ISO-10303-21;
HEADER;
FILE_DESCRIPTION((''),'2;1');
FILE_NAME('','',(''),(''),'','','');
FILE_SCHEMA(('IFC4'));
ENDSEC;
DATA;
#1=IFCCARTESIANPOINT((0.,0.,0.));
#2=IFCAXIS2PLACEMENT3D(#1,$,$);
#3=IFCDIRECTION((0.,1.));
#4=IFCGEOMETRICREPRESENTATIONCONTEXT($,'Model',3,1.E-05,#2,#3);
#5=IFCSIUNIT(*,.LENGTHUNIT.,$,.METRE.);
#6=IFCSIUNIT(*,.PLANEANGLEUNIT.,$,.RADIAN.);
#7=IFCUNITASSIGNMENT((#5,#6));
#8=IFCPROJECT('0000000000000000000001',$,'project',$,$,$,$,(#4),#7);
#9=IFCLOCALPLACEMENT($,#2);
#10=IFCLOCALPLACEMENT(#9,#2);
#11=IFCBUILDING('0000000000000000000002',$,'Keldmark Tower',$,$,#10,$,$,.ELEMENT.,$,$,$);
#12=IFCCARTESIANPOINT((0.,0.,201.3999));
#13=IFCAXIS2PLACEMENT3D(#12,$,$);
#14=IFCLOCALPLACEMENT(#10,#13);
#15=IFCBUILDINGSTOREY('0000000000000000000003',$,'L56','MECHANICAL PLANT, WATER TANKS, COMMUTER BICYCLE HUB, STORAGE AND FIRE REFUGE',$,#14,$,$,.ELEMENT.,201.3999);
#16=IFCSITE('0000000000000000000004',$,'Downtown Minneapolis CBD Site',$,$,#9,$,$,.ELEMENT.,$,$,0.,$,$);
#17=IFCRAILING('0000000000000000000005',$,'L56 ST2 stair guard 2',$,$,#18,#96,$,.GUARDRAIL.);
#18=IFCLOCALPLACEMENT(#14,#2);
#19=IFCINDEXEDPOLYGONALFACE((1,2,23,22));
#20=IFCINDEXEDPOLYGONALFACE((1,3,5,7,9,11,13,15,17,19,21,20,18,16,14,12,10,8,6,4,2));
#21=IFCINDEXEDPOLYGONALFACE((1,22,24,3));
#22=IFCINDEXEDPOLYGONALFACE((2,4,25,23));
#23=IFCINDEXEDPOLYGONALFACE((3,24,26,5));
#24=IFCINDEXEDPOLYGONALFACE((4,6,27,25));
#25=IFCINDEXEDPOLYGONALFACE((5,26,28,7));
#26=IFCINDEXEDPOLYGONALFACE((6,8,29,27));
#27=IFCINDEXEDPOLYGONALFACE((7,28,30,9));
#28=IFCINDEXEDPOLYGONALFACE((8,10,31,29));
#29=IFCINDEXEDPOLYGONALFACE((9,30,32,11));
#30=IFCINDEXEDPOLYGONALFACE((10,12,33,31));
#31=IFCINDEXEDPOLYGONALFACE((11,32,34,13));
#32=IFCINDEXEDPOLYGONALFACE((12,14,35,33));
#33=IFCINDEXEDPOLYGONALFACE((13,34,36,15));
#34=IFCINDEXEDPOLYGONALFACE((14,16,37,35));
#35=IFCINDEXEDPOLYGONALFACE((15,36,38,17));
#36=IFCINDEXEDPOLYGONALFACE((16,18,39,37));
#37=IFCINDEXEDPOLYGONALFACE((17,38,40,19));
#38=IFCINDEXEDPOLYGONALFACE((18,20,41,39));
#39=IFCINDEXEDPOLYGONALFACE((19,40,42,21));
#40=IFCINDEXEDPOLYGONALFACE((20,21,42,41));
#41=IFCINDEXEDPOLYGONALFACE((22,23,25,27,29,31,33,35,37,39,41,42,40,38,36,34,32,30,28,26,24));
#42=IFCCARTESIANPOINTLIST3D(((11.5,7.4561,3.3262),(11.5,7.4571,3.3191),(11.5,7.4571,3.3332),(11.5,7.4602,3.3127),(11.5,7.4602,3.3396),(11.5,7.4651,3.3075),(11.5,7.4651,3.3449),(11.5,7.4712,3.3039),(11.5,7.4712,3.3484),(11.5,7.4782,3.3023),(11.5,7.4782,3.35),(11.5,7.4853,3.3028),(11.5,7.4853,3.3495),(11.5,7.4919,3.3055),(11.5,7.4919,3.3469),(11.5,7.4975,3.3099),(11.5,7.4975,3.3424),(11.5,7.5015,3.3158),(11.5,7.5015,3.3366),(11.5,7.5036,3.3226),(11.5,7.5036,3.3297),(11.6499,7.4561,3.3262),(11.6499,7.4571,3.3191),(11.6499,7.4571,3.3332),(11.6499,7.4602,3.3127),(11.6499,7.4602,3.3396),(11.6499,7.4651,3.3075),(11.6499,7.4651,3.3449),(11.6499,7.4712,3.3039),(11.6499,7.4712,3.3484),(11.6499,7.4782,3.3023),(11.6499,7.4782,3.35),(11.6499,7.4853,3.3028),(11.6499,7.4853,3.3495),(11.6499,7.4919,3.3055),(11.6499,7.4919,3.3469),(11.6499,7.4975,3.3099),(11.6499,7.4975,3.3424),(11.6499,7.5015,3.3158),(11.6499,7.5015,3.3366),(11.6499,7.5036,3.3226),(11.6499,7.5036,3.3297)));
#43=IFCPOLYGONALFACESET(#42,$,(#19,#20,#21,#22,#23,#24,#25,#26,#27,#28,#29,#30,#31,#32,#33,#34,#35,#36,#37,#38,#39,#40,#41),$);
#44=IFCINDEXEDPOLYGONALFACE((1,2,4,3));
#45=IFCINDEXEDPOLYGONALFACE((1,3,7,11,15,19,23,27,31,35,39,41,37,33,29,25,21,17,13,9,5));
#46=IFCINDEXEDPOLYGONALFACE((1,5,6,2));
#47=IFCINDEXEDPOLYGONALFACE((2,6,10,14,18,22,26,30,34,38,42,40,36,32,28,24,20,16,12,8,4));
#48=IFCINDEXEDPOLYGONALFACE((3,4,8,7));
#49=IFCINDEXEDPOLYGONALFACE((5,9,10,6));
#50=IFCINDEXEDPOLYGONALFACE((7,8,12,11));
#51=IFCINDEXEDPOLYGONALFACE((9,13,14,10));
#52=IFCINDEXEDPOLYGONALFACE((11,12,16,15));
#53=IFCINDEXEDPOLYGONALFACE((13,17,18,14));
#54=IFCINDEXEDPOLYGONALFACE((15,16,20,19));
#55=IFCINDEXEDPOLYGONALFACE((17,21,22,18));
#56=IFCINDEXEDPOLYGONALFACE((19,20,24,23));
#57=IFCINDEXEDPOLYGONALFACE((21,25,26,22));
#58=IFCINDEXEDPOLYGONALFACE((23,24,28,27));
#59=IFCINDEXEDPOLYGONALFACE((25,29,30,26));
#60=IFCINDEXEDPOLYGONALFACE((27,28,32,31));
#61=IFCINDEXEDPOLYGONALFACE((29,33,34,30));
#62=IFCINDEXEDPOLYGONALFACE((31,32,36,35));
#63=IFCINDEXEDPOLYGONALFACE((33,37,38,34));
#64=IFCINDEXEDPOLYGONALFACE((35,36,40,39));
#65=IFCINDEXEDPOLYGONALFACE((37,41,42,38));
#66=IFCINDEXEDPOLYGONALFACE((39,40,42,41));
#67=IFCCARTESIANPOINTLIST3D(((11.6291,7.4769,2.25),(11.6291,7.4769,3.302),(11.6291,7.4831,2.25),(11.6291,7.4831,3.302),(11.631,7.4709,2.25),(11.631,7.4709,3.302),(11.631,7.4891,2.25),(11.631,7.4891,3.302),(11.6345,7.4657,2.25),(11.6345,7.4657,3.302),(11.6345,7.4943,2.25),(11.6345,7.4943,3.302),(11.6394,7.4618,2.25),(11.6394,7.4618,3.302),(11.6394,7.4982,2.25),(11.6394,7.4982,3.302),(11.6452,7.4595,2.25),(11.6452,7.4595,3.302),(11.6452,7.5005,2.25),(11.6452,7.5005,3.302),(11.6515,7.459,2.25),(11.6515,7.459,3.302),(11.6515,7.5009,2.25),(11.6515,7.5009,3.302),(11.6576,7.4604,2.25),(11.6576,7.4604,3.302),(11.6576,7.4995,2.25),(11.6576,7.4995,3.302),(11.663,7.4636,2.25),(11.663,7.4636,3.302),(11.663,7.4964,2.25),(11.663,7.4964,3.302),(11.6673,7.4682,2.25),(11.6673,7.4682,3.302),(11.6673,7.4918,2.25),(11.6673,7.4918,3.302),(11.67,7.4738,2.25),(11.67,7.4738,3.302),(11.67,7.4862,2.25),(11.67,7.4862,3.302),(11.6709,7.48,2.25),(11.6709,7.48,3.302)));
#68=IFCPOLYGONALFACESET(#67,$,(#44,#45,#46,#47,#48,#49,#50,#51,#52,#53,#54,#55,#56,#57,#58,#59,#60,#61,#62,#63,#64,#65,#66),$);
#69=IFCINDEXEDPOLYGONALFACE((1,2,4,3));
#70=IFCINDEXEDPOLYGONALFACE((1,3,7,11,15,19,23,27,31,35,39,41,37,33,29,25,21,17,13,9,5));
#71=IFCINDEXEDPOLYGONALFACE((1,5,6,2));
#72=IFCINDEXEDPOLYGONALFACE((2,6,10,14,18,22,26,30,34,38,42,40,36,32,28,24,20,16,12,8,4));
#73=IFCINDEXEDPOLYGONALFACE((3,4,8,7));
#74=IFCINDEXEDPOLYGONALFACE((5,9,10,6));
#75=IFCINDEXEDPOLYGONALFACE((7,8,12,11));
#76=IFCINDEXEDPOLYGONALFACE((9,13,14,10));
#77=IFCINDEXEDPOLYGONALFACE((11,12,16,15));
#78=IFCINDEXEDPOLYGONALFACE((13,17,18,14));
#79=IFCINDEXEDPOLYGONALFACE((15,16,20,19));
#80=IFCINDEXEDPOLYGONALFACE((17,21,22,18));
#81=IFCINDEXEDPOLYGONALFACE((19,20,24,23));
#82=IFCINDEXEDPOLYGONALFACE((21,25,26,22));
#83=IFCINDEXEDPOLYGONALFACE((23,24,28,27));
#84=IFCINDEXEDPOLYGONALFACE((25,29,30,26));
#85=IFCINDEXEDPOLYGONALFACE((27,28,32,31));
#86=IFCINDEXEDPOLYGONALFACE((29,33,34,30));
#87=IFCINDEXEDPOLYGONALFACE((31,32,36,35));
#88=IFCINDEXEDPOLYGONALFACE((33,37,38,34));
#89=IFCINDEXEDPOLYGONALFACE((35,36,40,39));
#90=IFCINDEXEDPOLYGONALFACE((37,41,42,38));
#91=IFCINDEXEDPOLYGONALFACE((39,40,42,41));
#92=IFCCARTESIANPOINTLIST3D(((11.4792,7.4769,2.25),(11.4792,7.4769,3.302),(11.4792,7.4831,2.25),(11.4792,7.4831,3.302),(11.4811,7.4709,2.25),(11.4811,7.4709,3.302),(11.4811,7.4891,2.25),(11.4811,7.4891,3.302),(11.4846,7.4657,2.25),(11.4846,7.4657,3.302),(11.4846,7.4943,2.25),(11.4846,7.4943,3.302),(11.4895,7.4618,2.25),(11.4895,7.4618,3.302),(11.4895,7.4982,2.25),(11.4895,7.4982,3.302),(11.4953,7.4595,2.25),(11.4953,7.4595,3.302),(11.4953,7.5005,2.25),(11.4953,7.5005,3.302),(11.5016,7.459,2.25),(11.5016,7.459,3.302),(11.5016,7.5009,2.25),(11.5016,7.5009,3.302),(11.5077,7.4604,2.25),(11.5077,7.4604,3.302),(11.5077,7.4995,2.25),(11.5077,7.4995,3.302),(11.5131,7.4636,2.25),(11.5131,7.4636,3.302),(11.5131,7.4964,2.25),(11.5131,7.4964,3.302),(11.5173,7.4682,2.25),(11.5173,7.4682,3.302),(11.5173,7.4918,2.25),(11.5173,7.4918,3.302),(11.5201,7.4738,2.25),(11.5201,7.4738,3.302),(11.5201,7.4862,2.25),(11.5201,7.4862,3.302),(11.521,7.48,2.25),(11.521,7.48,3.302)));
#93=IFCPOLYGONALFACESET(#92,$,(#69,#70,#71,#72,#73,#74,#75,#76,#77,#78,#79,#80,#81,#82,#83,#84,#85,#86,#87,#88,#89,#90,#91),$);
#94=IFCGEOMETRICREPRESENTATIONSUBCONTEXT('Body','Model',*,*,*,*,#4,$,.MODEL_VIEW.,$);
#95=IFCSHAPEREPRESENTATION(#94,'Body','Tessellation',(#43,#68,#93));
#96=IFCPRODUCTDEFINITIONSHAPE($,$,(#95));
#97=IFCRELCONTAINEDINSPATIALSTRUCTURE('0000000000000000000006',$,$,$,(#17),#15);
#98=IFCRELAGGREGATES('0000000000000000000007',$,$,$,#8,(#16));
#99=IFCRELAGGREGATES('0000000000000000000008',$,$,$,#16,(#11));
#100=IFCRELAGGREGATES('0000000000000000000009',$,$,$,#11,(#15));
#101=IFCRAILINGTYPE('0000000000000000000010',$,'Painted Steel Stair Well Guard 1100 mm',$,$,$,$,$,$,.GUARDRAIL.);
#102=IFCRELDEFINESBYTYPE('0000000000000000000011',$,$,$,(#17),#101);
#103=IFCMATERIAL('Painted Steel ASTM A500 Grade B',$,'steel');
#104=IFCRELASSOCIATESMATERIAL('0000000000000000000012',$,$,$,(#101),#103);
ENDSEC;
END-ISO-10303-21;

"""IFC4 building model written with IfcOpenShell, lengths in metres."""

from ifc_helpers import new_model, si_unit, direction, frame, origin, origin_2d, place, context, subcontext, project, spatial, circle, extrude, material, type_object, element, save


model = new_model("IFC4")

# Units and contexts
model_context = context("Model", 3, precision=1e-05, world=origin(), true_north=direction((0.0, 1.0)))
body_context = subcontext(model_context, "Body", "Model", "MODEL_VIEW")
ifc_project = project(units=[si_unit("LENGTHUNIT", "METRE"), si_unit("PLANEANGLEUNIT", "RADIAN")], contexts=[model_context])

# Site, building, storey
site_placement = place(None, origin())
site = spatial("IfcSite", under=ifc_project, at=site_placement, Name="Downtown Minneapolis CBD Site", CompositionType="ELEMENT", RefElevation=0.0)
building_placement = place(site_placement, origin())
building = spatial("IfcBuilding", under=site, at=building_placement, Name="Keldmark Tower", CompositionType="ELEMENT")
storey_placement = place(building_placement, frame((0.0, 0.0, 201.3999)))
storey = spatial("IfcBuildingStorey", under=building, at=storey_placement, Name="L56", Description="MECHANICAL PLANT, WATER TANKS, COMMUTER BICYCLE HUB, STORAGE AND FIRE REFUGE", CompositionType="ELEMENT", Elevation=201.3999)

# Railing
ifc_material_1 = material(Name="Painted Steel ASTM A500 Grade B", Category="steel")
railing_type_1 = type_object("IfcRailingType", Name="Painted Steel Stair Well Guard 1100 mm", PredefinedType="GUARDRAIL", material=ifc_material_1)
railing_1_placement = place(storey_placement, frame((11.6499, 7.48, 2.25)))
element("IfcRailing", 1, at=railing_1_placement, inside=storey, type_object=railing_type_1, Name="L56 ST2 stair guard 2", PredefinedType="GUARDRAIL", context=body_context, shape_type="SweptSolid", body=[
    extrude(circle(Radius=0.0239, at=origin_2d()), frame((0.0, 0.0, 1.0762), z_axis=(-1.0, 0.0, 0.0), x_axis=(0.0, -1.0, 0.0)), (0.0, 0.0, 1.0), 0.1499),
    extrude(circle(Radius=0.021, at=origin_2d()), origin(), (0.0, 0.0, 1.0), 1.052),
    extrude(circle(Radius=0.021, at=origin_2d()), frame((-0.1499, 0.0, 0.0)), (0.0, 0.0, 1.0), 1.052),
])

save(model, "model.ifc")
